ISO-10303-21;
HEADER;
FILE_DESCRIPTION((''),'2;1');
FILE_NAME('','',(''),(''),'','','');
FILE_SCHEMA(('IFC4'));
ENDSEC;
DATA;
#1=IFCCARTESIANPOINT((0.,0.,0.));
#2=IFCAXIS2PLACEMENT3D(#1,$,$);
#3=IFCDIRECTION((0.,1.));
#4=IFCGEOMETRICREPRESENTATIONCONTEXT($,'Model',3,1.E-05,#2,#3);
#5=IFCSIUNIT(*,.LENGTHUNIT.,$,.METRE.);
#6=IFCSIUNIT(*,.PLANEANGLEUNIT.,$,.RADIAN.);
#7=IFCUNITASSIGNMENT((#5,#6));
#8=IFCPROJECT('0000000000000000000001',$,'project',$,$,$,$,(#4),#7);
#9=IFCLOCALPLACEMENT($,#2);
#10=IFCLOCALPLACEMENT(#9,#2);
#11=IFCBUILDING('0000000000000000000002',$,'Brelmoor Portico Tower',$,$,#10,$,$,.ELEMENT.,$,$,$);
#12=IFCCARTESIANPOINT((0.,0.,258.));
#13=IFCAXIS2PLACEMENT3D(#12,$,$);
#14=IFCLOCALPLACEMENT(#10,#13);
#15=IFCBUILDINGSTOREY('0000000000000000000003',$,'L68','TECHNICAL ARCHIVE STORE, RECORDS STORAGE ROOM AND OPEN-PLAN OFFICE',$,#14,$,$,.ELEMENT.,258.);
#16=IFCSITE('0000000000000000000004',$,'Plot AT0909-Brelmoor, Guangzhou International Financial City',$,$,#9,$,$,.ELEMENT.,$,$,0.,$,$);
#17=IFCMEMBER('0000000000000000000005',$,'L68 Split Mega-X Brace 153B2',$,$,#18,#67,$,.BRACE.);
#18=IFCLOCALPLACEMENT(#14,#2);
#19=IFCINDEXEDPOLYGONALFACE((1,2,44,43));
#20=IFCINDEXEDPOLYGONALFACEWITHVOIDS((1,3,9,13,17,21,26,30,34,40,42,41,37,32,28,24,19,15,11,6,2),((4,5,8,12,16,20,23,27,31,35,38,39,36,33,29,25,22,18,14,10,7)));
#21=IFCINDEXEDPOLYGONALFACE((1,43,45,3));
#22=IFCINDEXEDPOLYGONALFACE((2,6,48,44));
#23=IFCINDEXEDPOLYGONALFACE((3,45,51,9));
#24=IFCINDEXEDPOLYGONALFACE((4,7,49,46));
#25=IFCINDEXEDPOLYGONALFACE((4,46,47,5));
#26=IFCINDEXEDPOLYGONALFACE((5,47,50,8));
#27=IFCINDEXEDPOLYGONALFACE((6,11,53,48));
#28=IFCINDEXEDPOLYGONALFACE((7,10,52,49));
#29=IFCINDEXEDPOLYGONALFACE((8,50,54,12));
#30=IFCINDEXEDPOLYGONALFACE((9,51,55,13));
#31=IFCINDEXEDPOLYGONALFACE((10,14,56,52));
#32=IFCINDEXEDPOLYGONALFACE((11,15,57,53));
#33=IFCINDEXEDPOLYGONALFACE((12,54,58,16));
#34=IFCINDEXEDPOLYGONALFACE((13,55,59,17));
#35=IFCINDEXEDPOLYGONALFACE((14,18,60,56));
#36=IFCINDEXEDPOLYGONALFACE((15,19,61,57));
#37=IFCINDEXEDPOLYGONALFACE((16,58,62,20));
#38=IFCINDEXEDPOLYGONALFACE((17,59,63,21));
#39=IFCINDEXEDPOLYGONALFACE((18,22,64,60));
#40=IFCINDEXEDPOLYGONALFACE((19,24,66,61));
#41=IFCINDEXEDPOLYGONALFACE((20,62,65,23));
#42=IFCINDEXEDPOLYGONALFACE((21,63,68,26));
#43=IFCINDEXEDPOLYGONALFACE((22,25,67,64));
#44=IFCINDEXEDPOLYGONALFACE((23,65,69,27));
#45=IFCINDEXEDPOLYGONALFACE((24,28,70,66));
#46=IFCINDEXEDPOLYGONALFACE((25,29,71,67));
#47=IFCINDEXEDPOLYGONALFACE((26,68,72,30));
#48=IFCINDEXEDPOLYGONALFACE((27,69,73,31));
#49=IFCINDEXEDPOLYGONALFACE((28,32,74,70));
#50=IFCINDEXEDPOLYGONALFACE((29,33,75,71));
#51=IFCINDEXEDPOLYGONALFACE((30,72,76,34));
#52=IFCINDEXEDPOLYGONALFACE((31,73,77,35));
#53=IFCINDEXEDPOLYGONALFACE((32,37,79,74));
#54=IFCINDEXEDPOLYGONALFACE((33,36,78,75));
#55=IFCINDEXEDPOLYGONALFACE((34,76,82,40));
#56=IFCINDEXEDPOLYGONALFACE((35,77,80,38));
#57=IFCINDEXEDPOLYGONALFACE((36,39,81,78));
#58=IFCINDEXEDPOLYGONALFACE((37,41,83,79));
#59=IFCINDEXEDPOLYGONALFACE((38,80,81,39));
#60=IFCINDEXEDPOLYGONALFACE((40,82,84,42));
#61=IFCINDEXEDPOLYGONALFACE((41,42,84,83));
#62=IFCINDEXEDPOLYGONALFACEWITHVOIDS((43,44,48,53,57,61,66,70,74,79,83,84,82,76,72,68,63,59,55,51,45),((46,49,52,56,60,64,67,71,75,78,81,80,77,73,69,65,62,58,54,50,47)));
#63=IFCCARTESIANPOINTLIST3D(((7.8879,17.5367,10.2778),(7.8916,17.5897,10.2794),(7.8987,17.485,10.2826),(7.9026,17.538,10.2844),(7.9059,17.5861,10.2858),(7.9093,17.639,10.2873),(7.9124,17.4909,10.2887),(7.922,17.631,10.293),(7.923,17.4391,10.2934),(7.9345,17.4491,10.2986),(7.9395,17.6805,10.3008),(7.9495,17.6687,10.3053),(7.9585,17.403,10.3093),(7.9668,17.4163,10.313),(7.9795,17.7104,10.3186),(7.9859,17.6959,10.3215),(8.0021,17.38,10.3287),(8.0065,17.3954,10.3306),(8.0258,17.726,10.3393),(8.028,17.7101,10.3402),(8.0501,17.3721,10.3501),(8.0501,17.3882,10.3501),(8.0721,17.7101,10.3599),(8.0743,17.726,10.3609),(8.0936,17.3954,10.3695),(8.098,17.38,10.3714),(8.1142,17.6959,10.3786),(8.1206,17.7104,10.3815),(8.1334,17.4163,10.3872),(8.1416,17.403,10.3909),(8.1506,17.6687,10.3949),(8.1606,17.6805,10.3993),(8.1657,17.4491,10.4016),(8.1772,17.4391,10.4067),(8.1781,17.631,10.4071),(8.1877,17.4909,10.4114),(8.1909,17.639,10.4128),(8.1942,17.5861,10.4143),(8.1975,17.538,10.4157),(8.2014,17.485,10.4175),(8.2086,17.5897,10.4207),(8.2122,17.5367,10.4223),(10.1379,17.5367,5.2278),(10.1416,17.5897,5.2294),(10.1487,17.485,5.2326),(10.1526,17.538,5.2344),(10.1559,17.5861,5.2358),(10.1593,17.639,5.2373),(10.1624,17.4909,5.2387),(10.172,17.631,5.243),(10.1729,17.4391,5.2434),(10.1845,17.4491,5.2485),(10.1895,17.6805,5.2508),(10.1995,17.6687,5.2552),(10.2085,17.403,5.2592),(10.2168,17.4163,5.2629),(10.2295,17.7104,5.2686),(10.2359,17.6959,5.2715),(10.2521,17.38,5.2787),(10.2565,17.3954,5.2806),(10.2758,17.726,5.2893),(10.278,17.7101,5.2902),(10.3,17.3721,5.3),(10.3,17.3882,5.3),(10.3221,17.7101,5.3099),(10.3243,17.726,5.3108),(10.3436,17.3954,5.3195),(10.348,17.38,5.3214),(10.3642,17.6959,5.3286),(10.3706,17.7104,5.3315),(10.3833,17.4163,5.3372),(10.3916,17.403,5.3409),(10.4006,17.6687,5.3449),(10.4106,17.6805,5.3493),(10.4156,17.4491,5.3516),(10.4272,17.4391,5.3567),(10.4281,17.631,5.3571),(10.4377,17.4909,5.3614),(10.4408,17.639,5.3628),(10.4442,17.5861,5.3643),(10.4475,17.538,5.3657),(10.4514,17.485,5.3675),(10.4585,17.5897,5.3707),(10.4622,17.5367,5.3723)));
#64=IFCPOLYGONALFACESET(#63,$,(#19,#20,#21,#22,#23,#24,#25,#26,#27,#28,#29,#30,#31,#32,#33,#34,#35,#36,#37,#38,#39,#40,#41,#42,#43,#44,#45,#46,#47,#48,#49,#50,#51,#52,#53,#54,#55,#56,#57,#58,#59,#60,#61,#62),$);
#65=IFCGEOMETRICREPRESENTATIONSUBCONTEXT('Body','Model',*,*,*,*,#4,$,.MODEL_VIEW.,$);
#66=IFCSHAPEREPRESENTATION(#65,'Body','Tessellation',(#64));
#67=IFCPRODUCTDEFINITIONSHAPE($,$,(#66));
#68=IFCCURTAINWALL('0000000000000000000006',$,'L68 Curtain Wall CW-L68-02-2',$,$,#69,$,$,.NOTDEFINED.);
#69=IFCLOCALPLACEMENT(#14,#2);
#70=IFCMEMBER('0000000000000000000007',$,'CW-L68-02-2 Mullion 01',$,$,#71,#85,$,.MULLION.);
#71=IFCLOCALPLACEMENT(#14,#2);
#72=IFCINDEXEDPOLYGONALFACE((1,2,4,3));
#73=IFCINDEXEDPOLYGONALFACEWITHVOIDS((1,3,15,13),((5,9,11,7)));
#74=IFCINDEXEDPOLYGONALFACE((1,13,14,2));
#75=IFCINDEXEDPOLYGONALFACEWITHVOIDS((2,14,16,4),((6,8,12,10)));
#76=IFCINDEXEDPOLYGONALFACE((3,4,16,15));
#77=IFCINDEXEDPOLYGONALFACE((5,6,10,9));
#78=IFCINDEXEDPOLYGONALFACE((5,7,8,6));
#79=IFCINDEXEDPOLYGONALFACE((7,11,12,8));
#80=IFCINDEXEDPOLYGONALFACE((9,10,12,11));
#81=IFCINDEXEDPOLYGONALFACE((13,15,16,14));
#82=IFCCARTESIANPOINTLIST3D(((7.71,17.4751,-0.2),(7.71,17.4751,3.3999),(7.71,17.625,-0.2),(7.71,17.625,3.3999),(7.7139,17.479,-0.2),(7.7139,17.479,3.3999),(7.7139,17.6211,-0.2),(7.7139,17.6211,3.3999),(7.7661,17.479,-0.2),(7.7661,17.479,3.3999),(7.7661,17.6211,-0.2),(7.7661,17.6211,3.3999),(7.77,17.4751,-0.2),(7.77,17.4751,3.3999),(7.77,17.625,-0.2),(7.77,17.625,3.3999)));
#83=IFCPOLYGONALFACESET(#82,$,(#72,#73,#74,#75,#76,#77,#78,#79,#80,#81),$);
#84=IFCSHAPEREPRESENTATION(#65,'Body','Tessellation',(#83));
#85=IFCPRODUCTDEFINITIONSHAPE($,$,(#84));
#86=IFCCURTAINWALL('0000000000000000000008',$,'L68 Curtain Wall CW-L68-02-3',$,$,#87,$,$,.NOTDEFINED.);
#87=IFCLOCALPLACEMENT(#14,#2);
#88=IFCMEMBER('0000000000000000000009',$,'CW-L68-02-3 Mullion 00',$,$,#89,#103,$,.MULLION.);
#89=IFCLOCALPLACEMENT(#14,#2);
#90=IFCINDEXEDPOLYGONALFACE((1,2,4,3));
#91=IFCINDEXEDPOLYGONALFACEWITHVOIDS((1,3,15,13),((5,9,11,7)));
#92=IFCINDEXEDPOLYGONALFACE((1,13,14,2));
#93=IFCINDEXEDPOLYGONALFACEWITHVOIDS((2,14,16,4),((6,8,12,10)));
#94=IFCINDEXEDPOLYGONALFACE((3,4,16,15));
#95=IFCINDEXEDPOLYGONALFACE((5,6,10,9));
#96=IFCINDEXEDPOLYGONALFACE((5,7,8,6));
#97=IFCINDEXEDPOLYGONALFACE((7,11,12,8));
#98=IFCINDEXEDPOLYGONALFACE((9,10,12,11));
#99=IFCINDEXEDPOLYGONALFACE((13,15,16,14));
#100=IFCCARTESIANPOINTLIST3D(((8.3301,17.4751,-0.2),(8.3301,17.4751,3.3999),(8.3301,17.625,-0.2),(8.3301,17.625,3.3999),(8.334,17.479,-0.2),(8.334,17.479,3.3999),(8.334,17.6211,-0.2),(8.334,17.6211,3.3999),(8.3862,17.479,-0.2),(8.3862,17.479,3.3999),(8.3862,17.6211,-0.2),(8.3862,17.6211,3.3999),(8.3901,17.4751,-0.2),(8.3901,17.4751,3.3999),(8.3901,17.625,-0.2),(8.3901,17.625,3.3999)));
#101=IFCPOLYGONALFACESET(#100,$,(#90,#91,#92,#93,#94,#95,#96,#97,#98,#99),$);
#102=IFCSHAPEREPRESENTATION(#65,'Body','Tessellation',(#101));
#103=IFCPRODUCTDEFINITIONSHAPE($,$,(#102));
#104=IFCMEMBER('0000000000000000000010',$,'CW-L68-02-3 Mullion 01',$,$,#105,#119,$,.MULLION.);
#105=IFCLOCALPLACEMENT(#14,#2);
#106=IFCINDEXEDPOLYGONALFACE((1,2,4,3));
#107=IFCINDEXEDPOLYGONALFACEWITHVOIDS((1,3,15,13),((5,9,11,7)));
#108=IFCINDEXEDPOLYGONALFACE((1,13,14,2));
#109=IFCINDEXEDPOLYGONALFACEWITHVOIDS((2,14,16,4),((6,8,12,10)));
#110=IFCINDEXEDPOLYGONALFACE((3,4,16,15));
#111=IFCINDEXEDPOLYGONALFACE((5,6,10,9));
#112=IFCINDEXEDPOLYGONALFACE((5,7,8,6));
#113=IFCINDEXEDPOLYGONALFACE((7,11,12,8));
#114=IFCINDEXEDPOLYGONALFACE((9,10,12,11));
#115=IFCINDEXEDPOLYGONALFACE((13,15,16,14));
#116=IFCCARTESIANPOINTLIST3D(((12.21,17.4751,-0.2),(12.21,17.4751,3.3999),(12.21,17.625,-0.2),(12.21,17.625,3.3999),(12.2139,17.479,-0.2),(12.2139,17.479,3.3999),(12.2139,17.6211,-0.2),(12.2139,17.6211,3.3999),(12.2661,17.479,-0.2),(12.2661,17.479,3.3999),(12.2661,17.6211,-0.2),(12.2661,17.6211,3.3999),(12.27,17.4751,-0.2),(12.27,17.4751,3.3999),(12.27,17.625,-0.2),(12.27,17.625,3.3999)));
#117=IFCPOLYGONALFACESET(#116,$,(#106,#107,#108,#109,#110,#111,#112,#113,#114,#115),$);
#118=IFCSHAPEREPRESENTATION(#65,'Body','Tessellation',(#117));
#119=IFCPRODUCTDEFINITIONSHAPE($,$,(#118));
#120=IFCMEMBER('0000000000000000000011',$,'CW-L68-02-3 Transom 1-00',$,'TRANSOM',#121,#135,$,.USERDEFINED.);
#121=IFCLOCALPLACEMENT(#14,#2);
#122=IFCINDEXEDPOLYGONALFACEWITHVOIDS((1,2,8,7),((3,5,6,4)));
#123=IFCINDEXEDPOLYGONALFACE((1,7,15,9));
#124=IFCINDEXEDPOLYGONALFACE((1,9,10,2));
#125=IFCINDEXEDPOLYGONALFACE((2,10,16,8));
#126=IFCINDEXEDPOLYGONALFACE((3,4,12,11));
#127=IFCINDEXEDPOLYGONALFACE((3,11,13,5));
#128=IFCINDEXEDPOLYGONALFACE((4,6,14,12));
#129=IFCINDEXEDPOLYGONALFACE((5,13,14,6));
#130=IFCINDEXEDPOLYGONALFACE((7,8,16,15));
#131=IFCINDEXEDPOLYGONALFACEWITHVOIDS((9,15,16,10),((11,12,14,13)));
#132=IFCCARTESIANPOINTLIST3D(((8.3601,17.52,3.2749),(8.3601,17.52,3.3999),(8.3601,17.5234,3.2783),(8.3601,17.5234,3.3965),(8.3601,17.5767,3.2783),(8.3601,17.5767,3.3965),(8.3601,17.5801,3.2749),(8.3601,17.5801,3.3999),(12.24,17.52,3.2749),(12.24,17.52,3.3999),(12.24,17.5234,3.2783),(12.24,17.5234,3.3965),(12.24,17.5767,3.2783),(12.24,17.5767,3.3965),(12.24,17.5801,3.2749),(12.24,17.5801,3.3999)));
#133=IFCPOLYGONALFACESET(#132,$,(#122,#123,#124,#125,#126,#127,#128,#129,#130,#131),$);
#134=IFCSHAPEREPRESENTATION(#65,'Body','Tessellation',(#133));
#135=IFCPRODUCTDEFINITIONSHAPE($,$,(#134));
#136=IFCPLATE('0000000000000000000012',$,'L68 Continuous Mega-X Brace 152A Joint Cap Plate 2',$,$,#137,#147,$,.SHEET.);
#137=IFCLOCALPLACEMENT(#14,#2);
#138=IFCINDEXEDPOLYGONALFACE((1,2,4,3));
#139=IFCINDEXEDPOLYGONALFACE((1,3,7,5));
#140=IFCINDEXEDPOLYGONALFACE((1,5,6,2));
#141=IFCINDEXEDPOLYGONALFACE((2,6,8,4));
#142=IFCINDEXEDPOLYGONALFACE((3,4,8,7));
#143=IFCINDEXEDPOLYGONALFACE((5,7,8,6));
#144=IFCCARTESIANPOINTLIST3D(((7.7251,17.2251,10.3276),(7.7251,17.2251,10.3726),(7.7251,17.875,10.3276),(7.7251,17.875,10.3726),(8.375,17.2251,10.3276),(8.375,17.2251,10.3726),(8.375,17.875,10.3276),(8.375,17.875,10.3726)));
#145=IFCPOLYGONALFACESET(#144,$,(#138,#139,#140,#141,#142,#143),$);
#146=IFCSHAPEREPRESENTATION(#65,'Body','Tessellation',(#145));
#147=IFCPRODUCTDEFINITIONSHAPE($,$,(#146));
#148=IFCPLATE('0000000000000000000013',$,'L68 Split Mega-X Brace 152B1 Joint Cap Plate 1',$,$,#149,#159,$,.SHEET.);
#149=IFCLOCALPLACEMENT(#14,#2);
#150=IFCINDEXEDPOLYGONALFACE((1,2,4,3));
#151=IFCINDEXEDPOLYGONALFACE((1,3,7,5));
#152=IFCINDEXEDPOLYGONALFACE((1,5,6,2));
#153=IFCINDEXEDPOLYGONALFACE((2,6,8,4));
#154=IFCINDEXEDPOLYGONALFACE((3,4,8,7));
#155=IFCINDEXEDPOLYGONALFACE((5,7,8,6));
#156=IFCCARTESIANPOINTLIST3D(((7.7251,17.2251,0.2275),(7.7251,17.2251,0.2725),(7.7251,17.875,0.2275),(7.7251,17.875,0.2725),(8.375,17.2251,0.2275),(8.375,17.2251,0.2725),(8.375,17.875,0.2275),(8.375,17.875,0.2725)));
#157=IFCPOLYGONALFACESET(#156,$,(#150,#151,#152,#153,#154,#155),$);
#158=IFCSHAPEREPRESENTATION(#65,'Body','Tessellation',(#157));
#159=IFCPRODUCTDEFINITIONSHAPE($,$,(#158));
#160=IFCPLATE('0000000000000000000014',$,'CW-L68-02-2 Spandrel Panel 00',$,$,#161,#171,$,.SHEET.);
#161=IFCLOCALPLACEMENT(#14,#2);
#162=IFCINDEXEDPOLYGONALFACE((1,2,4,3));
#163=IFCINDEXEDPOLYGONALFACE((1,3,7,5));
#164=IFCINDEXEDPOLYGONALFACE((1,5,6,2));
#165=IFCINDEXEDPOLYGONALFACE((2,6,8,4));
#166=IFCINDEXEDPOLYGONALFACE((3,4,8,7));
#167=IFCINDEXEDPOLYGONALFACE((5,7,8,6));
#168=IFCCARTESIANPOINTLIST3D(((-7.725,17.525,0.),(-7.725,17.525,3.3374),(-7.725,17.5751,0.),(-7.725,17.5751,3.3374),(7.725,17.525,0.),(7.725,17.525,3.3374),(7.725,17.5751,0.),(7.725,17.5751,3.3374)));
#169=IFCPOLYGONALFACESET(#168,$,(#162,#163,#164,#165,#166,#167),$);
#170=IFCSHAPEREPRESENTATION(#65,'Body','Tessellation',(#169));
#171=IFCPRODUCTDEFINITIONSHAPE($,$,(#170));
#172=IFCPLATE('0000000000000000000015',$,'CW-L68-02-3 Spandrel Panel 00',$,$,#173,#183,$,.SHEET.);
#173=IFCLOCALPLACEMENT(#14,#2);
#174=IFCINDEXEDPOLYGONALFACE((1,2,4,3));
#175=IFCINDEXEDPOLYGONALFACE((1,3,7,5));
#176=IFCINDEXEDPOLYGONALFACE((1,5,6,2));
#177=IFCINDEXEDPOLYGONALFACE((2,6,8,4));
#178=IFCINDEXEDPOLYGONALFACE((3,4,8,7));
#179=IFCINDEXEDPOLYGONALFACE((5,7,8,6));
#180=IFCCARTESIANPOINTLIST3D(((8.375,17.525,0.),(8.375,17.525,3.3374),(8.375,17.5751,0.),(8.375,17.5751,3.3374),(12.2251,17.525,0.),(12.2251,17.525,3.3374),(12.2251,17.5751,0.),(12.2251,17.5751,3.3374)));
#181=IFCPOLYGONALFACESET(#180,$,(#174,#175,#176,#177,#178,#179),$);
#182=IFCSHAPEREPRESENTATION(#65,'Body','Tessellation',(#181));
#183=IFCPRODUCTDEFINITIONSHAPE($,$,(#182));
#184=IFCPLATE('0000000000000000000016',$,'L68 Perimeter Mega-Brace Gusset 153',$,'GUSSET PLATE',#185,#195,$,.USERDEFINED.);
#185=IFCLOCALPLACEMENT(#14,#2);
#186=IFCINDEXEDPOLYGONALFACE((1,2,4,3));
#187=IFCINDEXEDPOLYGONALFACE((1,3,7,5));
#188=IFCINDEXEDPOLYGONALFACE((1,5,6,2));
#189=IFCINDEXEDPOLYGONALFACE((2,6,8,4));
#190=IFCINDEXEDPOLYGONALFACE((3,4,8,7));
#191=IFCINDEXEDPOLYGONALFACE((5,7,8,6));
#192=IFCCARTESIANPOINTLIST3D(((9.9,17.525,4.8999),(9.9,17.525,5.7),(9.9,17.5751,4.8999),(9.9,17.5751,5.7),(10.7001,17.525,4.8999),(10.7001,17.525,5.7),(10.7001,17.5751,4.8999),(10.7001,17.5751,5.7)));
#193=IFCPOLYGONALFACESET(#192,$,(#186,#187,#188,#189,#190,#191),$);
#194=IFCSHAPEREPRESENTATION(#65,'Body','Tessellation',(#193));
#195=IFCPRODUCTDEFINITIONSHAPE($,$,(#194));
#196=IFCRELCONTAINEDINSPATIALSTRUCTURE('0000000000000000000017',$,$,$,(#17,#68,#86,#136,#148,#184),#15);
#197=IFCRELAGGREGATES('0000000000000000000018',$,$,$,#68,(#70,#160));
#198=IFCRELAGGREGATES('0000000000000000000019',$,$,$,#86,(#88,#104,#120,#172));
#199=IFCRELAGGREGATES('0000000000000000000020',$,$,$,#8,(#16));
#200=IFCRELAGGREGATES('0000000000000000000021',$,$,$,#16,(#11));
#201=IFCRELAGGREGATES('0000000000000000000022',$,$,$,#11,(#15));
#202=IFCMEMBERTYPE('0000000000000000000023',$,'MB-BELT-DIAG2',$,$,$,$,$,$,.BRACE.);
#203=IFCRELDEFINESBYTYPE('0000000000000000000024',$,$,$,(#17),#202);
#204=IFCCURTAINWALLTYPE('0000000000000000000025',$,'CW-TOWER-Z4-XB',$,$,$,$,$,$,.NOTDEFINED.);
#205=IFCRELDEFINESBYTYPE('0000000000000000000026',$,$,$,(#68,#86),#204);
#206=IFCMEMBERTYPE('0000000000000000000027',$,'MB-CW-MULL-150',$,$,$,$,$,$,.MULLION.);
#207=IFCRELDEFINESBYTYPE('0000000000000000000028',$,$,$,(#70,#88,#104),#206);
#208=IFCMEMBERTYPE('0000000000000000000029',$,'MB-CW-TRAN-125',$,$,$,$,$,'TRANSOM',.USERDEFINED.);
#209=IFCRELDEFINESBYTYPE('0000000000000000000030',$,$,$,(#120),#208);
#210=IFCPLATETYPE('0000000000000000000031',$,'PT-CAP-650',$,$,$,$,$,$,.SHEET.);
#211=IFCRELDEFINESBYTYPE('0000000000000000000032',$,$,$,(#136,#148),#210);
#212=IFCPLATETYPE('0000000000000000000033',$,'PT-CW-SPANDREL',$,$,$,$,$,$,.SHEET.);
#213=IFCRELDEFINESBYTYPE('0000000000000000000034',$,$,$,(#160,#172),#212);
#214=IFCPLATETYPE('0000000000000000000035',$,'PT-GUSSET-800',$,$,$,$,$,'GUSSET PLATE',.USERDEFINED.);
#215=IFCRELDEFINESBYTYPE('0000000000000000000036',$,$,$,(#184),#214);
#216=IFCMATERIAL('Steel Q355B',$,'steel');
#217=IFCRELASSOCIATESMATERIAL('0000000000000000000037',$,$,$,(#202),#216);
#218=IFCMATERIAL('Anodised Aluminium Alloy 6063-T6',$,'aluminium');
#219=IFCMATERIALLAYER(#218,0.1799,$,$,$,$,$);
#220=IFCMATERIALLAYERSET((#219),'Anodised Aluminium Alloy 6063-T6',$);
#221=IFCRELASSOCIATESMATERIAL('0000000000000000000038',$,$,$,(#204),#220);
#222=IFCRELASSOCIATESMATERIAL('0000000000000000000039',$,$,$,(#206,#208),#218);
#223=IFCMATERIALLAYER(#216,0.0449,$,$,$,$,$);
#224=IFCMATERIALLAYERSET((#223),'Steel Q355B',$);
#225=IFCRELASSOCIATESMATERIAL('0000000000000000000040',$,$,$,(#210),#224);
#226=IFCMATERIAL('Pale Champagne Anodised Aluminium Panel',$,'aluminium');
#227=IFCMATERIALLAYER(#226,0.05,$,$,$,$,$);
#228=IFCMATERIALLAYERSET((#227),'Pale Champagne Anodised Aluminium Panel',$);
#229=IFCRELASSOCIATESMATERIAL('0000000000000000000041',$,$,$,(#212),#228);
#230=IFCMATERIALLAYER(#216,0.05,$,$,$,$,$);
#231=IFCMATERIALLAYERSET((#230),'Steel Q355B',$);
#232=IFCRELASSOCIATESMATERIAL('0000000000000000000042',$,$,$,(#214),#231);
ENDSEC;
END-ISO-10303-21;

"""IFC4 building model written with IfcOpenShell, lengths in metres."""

from ifc_helpers import new_model, si_unit, direction, frame, origin, origin_2d, place, context, subcontext, project, spatial, rectangle, hollow_rectangle, hollow_circle, extrude, material, layer, layer_set, material_profile, profile_set, type_object, element, aggregate, save


model = new_model("IFC4")

# Units and contexts
model_context = context("Model", 3, precision=1e-05, world=origin(), true_north=direction((0.0, 1.0)))
body_context = subcontext(model_context, "Body", "Model", "MODEL_VIEW")
ifc_project = project(units=[si_unit("LENGTHUNIT", "METRE"), si_unit("PLANEANGLEUNIT", "RADIAN")], contexts=[model_context])

# Site, building, storey
site_placement = place(None, origin())
site = spatial("IfcSite", under=ifc_project, at=site_placement, Name="Plot AT0909-Brelmoor, Guangzhou International Financial City", CompositionType="ELEMENT", RefElevation=0.0)
building_placement = place(site_placement, origin())
building = spatial("IfcBuilding", under=site, at=building_placement, Name="Brelmoor Portico Tower", CompositionType="ELEMENT")
storey_placement = place(building_placement, frame((0.0, 0.0, 258.0)))
storey = spatial("IfcBuildingStorey", under=building, at=storey_placement, Name="L68", Description="TECHNICAL ARCHIVE STORE, RECORDS STORAGE ROOM AND OPEN-PLAN OFFICE", CompositionType="ELEMENT", Elevation=258.0)

# Shared definitions
ifc_material_1 = material(Name="Steel Q355B", Category="steel")

# Member
ifc_material_profile_1 = material_profile(ifc_material_1, hollow_circle(Radius=0.178, WallThickness=0.0161, at=origin_2d()), Name="CHS 356x16")
ifc_profile_set_1 = profile_set([ifc_material_profile_1], Name="Steel Q355B")
member_type_1 = type_object("IfcMemberType", Name="MB-BELT-DIAG2", PredefinedType="BRACE", material=ifc_profile_set_1)
member_1_placement = place(storey_placement, frame((10.3, 17.55, 5.3), z_axis=(-0.406974, 0.0, 0.91344), x_axis=(0.0, -1.0, 0.0)))
element("IfcMember", 1, at=member_1_placement, inside=storey, type_object=member_type_1, Name="L68 Split Mega-X Brace 153B2", PredefinedType="BRACE", context=body_context, shape_type="SweptSolid", body=[
    extrude(hollow_circle(Radius=0.178, WallThickness=0.0161, at=origin_2d()), origin(), (0.0, 0.0, 1.0), 5.5286),
])

# Curtain wall, member
ifc_material_2 = material(Name="Anodised Aluminium Alloy 6063-T6", Category="aluminium")
ifc_layer_1 = layer(ifc_material_2, 0.1799)
ifc_layer_set_1 = layer_set([ifc_layer_1], Name="Anodised Aluminium Alloy 6063-T6")
curtain_wall_type = type_object("IfcCurtainWallType", Name="CW-TOWER-Z4-XB", PredefinedType="NOTDEFINED", material=ifc_layer_set_1)
curtain_wall_1_placement = place(storey_placement, origin())
curtain_wall_1 = element("IfcCurtainWall", 2, at=curtain_wall_1_placement, inside=storey, type_object=curtain_wall_type, Name="L68 Curtain Wall CW-L68-02-2", PredefinedType="NOTDEFINED")
ifc_material_profile_2 = material_profile(ifc_material_2, hollow_rectangle(XDim=0.0601, YDim=0.1499, WallThickness=0.0039, at=origin_2d()), Name="ALU MULLION 60x150")
ifc_profile_set_2 = profile_set([ifc_material_profile_2], Name="Anodised Aluminium Alloy 6063-T6")
member_type_2 = type_object("IfcMemberType", Name="MB-CW-MULL-150", PredefinedType="MULLION", material=ifc_profile_set_2)
member_2_placement = place(storey_placement, frame((7.74, 17.55, -0.2), z_axis=(0.0, 0.0, 1.0), x_axis=(1.0, 0.0, 0.0)))
member_2 = element("IfcMember", 3, at=member_2_placement, type_object=member_type_2, Name="CW-L68-02-2 Mullion 01", PredefinedType="MULLION", context=body_context, shape_type="SweptSolid", body=[
    extrude(hollow_rectangle(XDim=0.0601, YDim=0.1499, WallThickness=0.0039, at=origin_2d()), origin(), (0.0, 0.0, 1.0), 3.5999),
])

# Curtain wall, members
curtain_wall_2_placement = place(storey_placement, origin())
curtain_wall_2 = element("IfcCurtainWall", 4, at=curtain_wall_2_placement, inside=storey, type_object=curtain_wall_type, Name="L68 Curtain Wall CW-L68-02-3", PredefinedType="NOTDEFINED")
member_3_placement = place(storey_placement, frame((8.3601, 17.55, -0.2), z_axis=(0.0, 0.0, 1.0), x_axis=(1.0, 0.0, 0.0)))
member_3 = element("IfcMember", 5, at=member_3_placement, type_object=member_type_2, Name="CW-L68-02-3 Mullion 00", PredefinedType="MULLION", context=body_context, shape_type="SweptSolid", body=[
    extrude(hollow_rectangle(XDim=0.0601, YDim=0.1499, WallThickness=0.0039, at=origin_2d()), origin(), (0.0, 0.0, 1.0), 3.5999),
])
member_4_placement = place(storey_placement, frame((12.24, 17.55, -0.2), z_axis=(0.0, 0.0, 1.0), x_axis=(1.0, 0.0, 0.0)))
member_4 = element("IfcMember", 6, at=member_4_placement, type_object=member_type_2, Name="CW-L68-02-3 Mullion 01", PredefinedType="MULLION", context=body_context, shape_type="SweptSolid", body=[
    extrude(hollow_rectangle(XDim=0.0601, YDim=0.1499, WallThickness=0.0039, at=origin_2d()), origin(), (0.0, 0.0, 1.0), 3.5999),
])
ifc_material_profile_3 = material_profile(ifc_material_2, hollow_rectangle(XDim=0.0601, YDim=0.125, WallThickness=0.0034, at=origin_2d()), Name="ALU TRANSOM 60x125")
ifc_profile_set_3 = profile_set([ifc_material_profile_3], Name="Anodised Aluminium Alloy 6063-T6")
member_type_3 = type_object("IfcMemberType", Name="MB-CW-TRAN-125", ElementType="TRANSOM", PredefinedType="USERDEFINED", material=ifc_profile_set_3)
member_5_placement = place(storey_placement, frame((8.3601, 17.55, 3.3374), z_axis=(1.0, 0.0, 0.0), x_axis=(0.0, 1.0, 0.0)))
member_5 = element("IfcMember", 7, at=member_5_placement, type_object=member_type_3, Name="CW-L68-02-3 Transom 1-00", ObjectType="TRANSOM", PredefinedType="USERDEFINED", context=body_context, shape_type="SweptSolid", body=[
    extrude(hollow_rectangle(XDim=0.0601, YDim=0.125, WallThickness=0.0034, at=origin_2d()), origin(), (0.0, 0.0, 1.0), 3.8799),
])

# Plates
ifc_layer_2 = layer(ifc_material_1, 0.0449)
ifc_layer_set_2 = layer_set([ifc_layer_2], Name="Steel Q355B")
plate_type_1 = type_object("IfcPlateType", Name="PT-CAP-650", PredefinedType="SHEET", material=ifc_layer_set_2)
for number, where, z_axis, x_axis, name in (
    (8, (8.05, 17.55, 10.3276), (0.0, 0.0, 1.0), (1.0, 0.0, 0.0), "L68 Continuous Mega-X Brace 152A Joint Cap Plate 2"),
    (9, (8.05, 17.55, 0.2275), (0.0, 0.0, 1.0), (1.0, 0.0, 0.0), "L68 Split Mega-X Brace 152B1 Joint Cap Plate 1"),
):
    element("IfcPlate", number, at=place(storey_placement, frame(where, z_axis=z_axis, x_axis=x_axis)), inside=storey, type_object=plate_type_1, Name=name, PredefinedType="SHEET", context=body_context, shape_type="SweptSolid", body=[
        extrude(rectangle(XDim=0.6499, YDim=0.6499, at=origin_2d()), origin(), (0.0, 0.0, 1.0), 0.0449),
    ])

# Plates
ifc_material_3 = material(Name="Pale Champagne Anodised Aluminium Panel", Category="aluminium")
ifc_layer_3 = layer(ifc_material_3, 0.05)
ifc_layer_set_3 = layer_set([ifc_layer_3], Name="Pale Champagne Anodised Aluminium Panel")
plate_type_2 = type_object("IfcPlateType", Name="PT-CW-SPANDREL", PredefinedType="SHEET", material=ifc_layer_set_3)
plate_1_placement = place(storey_placement, frame((0.0, 17.55, 0.0), z_axis=(0.0, 0.0, 1.0), x_axis=(1.0, 0.0, 0.0)))
plate_1 = element("IfcPlate", 10, at=plate_1_placement, type_object=plate_type_2, Name="CW-L68-02-2 Spandrel Panel 00", PredefinedType="SHEET", context=body_context, shape_type="SweptSolid", body=[
    extrude(rectangle(XDim=15.45, YDim=0.05, at=origin_2d()), origin(), (0.0, 0.0, 1.0), 3.3374),
])
aggregate(curtain_wall_1, [member_2, plate_1])
plate_2_placement = place(storey_placement, frame((10.3, 17.55, 0.0), z_axis=(0.0, 0.0, 1.0), x_axis=(1.0, 0.0, 0.0)))
plate_2 = element("IfcPlate", 11, at=plate_2_placement, type_object=plate_type_2, Name="CW-L68-02-3 Spandrel Panel 00", PredefinedType="SHEET", context=body_context, shape_type="SweptSolid", body=[
    extrude(rectangle(XDim=3.8501, YDim=0.05, at=origin_2d()), origin(), (0.0, 0.0, 1.0), 3.3374),
])
aggregate(curtain_wall_2, [member_3, member_4, member_5, plate_2])

# Plate
ifc_layer_4 = layer(ifc_material_1, 0.05)
ifc_layer_set_4 = layer_set([ifc_layer_4], Name="Steel Q355B")
plate_type_3 = type_object("IfcPlateType", Name="PT-GUSSET-800", ElementType="GUSSET PLATE", PredefinedType="USERDEFINED", material=ifc_layer_set_4)
plate_3_placement = place(storey_placement, frame((10.3, 17.55, 4.8999), z_axis=(0.0, 0.0, 1.0), x_axis=(1.0, 0.0, 0.0)))
element("IfcPlate", 12, at=plate_3_placement, inside=storey, type_object=plate_type_3, Name="L68 Perimeter Mega-Brace Gusset 153", ObjectType="GUSSET PLATE", PredefinedType="USERDEFINED", context=body_context, shape_type="SweptSolid", body=[
    extrude(rectangle(XDim=0.8, YDim=0.05, at=origin_2d()), origin(), (0.0, 0.0, 1.0), 0.8),
])

save(model, "model.ifc")
